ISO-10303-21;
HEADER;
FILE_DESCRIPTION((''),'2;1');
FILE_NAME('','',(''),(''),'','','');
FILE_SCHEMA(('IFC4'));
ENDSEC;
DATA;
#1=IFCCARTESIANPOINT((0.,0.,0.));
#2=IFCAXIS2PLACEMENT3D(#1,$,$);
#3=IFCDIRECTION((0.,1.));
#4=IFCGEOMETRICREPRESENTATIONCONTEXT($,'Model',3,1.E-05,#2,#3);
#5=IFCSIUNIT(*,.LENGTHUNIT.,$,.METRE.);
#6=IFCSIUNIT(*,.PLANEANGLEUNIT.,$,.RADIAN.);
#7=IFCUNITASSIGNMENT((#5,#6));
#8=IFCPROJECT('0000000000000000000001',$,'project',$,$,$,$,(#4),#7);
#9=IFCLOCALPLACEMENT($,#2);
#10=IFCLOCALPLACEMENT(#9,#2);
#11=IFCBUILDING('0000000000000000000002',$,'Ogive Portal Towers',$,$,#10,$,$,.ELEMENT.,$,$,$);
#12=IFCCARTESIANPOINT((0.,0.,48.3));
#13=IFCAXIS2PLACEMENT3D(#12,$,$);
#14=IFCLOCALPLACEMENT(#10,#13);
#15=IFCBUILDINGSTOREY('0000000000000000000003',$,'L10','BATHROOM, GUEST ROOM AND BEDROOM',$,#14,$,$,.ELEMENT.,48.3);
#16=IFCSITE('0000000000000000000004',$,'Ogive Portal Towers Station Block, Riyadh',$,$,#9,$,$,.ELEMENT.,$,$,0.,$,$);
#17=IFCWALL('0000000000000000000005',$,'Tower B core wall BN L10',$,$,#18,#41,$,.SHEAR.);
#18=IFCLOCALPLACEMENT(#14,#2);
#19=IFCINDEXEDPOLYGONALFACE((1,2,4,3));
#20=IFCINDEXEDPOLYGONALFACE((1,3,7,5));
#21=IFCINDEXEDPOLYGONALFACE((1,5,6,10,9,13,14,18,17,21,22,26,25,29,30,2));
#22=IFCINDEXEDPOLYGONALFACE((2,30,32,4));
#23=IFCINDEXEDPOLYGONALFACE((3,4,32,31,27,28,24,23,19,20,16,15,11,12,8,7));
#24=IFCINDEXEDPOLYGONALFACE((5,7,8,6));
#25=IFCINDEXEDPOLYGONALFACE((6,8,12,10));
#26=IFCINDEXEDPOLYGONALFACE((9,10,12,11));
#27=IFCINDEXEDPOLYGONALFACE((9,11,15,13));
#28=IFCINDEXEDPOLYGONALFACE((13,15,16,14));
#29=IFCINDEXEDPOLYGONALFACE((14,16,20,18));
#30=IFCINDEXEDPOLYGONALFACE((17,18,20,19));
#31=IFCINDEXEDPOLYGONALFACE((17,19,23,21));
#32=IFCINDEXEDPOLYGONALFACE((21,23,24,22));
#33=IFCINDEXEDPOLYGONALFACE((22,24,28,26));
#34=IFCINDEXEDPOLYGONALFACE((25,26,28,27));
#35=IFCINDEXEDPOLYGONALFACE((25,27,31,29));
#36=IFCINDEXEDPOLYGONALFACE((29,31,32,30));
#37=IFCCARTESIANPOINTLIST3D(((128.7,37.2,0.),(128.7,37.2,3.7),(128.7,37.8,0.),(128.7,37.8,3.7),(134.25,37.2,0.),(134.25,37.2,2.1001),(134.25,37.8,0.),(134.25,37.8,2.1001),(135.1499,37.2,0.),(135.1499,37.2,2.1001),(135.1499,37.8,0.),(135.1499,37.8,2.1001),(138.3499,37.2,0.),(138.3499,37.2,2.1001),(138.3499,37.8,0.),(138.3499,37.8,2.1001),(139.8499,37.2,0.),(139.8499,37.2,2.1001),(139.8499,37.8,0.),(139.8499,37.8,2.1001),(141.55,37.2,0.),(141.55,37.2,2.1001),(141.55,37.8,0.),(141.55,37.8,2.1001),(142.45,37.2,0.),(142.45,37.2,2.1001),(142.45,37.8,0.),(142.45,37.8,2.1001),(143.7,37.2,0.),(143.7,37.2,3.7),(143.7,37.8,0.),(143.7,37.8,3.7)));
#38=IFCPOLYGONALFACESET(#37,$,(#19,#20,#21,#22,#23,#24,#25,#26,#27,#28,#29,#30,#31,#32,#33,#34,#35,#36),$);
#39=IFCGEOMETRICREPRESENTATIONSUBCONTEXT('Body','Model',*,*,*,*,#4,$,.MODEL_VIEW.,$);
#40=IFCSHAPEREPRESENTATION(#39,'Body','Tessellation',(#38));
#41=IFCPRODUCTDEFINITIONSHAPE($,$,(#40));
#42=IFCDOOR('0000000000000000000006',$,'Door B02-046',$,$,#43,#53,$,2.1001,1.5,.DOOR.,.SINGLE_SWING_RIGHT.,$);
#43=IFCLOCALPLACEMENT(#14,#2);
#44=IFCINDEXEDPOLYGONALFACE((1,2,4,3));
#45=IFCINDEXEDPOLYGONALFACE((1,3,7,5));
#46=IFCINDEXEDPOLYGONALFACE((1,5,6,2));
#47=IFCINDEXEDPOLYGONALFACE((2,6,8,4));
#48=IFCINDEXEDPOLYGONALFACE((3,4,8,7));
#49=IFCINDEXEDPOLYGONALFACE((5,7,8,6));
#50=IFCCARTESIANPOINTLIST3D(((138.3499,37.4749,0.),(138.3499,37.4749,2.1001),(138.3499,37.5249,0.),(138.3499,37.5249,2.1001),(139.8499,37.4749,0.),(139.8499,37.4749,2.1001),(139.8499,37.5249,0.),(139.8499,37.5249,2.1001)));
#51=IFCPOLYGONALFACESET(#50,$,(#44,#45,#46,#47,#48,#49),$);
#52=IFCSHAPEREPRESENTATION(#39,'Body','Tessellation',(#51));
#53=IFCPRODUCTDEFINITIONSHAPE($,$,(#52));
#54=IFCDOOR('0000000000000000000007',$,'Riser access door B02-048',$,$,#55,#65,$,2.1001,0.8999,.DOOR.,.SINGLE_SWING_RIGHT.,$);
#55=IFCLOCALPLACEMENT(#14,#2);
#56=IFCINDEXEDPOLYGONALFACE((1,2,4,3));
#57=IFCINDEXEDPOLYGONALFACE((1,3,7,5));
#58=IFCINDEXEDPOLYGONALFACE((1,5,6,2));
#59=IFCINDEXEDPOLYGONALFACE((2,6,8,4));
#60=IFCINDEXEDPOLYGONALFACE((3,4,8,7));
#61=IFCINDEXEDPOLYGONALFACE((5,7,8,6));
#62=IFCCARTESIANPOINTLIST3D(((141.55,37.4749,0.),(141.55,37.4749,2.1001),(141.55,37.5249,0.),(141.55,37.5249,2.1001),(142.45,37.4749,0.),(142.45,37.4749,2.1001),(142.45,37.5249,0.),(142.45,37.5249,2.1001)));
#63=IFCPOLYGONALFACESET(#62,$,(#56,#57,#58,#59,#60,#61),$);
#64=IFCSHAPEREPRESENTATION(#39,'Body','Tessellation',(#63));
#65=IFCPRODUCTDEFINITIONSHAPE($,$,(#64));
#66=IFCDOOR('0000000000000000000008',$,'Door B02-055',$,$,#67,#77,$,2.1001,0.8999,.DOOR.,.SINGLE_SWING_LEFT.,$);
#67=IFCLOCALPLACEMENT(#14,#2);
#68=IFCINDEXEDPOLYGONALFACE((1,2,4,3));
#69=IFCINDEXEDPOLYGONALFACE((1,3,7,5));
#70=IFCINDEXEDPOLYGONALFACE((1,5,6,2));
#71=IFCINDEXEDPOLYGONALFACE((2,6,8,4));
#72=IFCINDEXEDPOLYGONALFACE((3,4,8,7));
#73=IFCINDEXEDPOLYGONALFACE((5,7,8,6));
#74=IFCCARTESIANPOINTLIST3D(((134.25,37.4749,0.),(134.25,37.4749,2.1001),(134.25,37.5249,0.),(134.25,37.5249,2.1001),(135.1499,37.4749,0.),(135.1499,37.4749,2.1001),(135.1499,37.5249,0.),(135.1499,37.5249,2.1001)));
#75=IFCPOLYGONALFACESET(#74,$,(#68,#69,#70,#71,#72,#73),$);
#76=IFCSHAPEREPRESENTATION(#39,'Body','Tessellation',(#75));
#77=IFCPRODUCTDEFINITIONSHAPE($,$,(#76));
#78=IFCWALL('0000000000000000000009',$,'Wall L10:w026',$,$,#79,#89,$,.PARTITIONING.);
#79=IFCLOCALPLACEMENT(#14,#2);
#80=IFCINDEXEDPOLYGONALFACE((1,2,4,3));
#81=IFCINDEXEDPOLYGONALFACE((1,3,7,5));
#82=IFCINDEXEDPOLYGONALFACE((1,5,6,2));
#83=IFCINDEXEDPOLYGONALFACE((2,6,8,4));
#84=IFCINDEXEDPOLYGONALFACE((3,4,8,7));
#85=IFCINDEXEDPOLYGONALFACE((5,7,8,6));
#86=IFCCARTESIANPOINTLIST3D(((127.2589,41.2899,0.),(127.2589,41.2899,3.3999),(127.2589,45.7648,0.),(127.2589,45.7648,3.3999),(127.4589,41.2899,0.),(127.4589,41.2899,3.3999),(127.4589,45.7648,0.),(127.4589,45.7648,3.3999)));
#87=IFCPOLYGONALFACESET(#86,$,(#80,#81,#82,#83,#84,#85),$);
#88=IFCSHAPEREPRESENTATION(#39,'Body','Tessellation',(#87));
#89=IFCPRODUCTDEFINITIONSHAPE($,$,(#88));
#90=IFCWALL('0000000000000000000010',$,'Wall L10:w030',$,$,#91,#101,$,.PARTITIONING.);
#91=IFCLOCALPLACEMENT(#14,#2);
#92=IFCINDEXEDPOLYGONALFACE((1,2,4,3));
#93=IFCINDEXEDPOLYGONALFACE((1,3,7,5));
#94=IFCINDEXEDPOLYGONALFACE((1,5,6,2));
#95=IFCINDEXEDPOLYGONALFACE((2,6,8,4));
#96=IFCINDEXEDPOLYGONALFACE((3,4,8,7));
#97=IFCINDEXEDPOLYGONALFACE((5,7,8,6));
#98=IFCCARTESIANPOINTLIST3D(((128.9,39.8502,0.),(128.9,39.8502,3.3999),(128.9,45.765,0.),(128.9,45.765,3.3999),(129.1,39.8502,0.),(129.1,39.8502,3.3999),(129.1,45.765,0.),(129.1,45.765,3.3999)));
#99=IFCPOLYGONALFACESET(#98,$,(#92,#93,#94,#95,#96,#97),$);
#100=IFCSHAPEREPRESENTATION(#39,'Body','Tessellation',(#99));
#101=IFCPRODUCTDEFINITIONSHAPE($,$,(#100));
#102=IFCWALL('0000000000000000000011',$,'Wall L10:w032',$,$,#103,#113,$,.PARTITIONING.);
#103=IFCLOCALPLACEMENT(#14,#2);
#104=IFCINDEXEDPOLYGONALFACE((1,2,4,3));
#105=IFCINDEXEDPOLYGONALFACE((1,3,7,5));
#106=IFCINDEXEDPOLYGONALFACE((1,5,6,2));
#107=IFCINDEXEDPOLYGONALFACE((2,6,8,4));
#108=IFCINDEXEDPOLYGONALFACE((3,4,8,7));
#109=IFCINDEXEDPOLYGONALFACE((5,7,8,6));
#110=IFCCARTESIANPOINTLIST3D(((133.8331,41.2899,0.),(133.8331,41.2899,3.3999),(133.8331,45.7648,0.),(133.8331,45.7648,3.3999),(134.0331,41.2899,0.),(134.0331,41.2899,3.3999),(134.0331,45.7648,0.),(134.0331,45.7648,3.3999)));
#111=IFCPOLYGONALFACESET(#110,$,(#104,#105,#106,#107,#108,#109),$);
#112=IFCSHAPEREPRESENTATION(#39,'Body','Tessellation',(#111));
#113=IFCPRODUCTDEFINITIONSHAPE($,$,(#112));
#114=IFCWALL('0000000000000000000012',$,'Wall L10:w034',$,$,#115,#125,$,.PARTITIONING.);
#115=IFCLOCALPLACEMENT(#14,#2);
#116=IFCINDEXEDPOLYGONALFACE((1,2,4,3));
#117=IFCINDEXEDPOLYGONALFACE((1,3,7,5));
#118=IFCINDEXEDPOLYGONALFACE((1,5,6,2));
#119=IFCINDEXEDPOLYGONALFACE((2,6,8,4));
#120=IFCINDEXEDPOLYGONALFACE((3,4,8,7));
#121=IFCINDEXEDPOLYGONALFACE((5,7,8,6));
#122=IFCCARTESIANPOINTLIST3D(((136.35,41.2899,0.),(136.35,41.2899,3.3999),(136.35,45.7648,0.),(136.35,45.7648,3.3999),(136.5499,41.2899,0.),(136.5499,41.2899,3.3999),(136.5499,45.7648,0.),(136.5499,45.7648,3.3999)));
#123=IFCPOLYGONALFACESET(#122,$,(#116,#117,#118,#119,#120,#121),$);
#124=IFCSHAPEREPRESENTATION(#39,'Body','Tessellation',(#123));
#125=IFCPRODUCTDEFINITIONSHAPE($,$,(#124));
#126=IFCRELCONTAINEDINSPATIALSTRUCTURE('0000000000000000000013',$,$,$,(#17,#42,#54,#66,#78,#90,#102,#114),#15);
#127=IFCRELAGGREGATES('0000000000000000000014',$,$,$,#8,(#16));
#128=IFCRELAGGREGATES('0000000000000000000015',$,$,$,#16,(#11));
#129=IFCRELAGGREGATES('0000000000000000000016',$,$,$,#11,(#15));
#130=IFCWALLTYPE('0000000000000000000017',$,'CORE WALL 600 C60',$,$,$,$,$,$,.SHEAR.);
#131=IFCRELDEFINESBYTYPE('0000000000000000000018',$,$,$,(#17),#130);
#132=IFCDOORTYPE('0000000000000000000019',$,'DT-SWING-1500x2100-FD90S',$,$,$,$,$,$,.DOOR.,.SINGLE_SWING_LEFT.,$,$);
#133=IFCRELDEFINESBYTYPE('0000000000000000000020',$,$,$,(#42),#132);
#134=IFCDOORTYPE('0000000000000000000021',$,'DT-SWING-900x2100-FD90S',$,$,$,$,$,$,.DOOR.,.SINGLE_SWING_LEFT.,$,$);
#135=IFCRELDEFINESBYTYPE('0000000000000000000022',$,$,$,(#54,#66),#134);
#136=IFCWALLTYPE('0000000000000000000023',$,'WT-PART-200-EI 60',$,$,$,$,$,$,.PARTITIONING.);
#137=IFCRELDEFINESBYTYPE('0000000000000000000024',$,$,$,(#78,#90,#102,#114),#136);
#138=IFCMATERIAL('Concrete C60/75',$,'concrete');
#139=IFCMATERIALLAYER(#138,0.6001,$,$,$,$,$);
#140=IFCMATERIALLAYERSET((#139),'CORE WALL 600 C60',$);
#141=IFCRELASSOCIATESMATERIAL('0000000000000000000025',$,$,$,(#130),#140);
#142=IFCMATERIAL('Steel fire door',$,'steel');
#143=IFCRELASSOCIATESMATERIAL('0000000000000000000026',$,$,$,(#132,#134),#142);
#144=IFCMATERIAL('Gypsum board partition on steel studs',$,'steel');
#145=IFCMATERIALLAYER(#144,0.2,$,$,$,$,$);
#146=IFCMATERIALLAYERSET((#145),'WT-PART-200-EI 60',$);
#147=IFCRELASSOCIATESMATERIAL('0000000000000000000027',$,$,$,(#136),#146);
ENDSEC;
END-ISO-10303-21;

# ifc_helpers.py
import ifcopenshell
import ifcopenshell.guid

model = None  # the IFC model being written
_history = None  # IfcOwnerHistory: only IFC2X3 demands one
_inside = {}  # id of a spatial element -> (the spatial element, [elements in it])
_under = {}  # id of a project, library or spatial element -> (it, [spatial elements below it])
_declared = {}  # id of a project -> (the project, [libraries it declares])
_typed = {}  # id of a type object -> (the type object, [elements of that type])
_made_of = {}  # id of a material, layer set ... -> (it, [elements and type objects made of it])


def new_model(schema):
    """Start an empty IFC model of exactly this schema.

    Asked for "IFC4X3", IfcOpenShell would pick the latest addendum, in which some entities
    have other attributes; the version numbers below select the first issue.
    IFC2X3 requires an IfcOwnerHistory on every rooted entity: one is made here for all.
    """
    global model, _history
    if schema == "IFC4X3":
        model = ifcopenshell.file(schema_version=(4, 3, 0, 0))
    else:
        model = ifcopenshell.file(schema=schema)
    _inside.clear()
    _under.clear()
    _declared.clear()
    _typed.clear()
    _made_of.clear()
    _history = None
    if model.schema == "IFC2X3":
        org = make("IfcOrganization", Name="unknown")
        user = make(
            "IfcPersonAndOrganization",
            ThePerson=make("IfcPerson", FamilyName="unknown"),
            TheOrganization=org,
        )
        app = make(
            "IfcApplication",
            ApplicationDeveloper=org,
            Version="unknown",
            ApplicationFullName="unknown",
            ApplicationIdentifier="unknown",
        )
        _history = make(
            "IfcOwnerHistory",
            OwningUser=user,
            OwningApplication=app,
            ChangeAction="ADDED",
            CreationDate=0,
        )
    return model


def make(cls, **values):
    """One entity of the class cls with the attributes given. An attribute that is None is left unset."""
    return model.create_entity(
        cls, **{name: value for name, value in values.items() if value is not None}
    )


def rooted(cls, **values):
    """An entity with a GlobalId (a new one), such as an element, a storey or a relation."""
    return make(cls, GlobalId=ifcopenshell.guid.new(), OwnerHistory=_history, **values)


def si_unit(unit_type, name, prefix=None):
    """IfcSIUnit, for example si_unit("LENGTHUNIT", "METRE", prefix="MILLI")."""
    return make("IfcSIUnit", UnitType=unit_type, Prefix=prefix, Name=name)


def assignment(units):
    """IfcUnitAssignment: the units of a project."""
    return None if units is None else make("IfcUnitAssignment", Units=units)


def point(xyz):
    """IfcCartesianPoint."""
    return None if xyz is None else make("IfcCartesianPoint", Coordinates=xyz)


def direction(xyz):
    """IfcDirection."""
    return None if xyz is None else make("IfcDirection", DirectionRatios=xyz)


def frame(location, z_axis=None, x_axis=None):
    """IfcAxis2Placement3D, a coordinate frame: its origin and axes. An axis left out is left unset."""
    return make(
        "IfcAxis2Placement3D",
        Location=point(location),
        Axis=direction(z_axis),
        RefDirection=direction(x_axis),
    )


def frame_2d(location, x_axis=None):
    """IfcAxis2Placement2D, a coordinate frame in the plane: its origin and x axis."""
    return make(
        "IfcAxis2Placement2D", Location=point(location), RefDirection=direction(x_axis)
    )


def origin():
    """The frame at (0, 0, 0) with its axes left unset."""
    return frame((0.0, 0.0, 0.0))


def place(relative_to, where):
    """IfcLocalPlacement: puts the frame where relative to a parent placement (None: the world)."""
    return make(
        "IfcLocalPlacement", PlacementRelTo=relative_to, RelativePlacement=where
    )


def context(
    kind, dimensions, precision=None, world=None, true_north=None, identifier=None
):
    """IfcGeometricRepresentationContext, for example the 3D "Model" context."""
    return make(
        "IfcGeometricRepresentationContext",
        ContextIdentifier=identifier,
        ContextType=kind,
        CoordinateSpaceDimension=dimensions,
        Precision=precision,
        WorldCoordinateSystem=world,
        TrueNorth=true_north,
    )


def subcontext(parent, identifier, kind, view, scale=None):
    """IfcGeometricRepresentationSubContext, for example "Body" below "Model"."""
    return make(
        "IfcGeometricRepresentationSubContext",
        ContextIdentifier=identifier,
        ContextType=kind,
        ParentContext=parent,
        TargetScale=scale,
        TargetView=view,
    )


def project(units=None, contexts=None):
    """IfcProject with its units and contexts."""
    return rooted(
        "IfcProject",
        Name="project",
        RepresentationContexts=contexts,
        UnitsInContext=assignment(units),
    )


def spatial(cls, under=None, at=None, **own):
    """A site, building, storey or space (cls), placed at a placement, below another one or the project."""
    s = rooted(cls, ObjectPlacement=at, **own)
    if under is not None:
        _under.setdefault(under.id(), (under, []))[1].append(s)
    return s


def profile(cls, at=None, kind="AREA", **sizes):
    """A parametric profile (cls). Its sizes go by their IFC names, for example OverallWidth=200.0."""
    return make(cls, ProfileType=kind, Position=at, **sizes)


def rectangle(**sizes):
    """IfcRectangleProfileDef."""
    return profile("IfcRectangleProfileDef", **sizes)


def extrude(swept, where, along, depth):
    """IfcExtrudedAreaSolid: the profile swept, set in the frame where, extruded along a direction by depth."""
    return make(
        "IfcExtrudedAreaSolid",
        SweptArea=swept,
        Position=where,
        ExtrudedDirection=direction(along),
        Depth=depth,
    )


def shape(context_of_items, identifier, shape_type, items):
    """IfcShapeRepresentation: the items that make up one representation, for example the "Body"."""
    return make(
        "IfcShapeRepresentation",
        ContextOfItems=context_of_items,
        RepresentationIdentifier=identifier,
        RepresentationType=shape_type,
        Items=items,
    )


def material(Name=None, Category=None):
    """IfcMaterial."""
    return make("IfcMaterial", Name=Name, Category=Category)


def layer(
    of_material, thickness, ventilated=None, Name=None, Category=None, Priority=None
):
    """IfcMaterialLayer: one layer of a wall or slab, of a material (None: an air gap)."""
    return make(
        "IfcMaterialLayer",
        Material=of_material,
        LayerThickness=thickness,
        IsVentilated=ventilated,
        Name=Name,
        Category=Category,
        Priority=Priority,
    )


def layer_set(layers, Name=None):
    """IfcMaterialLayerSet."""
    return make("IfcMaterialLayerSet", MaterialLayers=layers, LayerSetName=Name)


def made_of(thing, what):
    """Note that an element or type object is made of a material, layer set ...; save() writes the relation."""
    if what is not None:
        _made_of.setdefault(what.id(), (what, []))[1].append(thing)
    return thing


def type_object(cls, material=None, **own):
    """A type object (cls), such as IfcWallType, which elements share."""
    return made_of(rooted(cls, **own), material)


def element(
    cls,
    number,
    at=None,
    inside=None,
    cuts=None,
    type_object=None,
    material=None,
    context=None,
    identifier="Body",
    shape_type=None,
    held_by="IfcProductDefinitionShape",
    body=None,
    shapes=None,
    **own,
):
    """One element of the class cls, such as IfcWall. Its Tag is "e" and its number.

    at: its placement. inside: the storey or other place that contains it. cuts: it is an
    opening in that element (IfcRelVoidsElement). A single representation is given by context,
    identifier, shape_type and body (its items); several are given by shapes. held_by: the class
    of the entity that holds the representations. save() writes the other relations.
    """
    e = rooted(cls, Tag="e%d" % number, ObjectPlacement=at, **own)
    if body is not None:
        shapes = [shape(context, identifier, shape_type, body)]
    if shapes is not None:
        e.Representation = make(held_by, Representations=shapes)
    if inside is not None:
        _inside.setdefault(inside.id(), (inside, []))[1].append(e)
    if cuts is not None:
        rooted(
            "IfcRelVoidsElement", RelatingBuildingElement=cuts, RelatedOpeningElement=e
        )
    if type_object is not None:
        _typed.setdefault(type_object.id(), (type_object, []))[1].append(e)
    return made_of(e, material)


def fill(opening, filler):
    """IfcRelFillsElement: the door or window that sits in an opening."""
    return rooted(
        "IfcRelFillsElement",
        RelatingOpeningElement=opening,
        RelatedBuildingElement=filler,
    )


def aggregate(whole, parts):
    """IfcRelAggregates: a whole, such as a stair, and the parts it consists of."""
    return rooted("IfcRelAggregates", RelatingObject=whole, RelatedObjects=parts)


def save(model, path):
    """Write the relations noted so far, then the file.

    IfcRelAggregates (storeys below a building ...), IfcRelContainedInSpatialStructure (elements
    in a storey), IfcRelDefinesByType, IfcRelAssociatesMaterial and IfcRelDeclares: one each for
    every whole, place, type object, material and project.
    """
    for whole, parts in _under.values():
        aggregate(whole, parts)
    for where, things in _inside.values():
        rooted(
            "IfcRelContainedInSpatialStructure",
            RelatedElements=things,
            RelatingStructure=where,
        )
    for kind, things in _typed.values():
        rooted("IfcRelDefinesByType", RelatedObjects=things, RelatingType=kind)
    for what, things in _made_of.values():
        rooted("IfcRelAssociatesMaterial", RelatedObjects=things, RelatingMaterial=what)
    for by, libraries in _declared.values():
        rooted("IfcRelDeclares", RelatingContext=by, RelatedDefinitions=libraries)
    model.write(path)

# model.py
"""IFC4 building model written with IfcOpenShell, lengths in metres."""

from ifc_helpers import new_model, si_unit, direction, frame, frame_2d, origin, place, context, subcontext, project, spatial, rectangle, extrude, material, layer, layer_set, type_object, element, fill, save


model = new_model("IFC4")

# Units and contexts
model_context = context("Model", 3, precision=1e-05, world=origin(), true_north=direction((0.0, 1.0)))
body_context = subcontext(model_context, "Body", "Model", "MODEL_VIEW")
ifc_project = project(units=[si_unit("LENGTHUNIT", "METRE"), si_unit("PLANEANGLEUNIT", "RADIAN")], contexts=[model_context])

# Site, building, storey
site_placement = place(None, origin())
site = spatial("IfcSite", under=ifc_project, at=site_placement, Name="Ogive Portal Towers Station Block, Riyadh", CompositionType="ELEMENT", RefElevation=0.0)
building_placement = place(site_placement, origin())
building = spatial("IfcBuilding", under=site, at=building_placement, Name="Ogive Portal Towers", CompositionType="ELEMENT")
storey_placement = place(building_placement, frame((0.0, 0.0, 48.3)))
storey = spatial("IfcBuildingStorey", under=building, at=storey_placement, Name="L10", Description="BATHROOM, GUEST ROOM AND BEDROOM", CompositionType="ELEMENT", Elevation=48.3)

# Shared definitions
ifc_material_1 = material(Name="Concrete C60/75", Category="concrete")

# Wall, openings, doors
ifc_layer_1 = layer(ifc_material_1, 0.6001)
ifc_layer_set_1 = layer_set([ifc_layer_1], Name="CORE WALL 600 C60")
wall_type_1 = type_object("IfcWallType", Name="CORE WALL 600 C60", PredefinedType="SHEAR", material=ifc_layer_set_1)
wall_1_placement = place(storey_placement, frame((128.7, 37.5, 0.0), z_axis=(0.0, 0.0, 1.0), x_axis=(1.0, 0.0, 0.0)))
wall_1 = element("IfcWall", 1, at=wall_1_placement, inside=storey, type_object=wall_type_1, Name="Tower B core wall BN L10", PredefinedType="SHEAR", context=body_context, shape_type="SweptSolid", body=[
    extrude(rectangle(XDim=15.0, YDim=0.6001, at=frame_2d((7.5, 0.0))), origin(), (0.0, 0.0, 1.0), 3.7),
])
opening_1_placement = place(wall_1_placement, frame((9.6499, 0.0, 0.0)))
opening_1 = element("IfcOpeningElement", 2, at=opening_1_placement, cuts=wall_1, PredefinedType="OPENING", context=body_context, shape_type="SweptSolid", body=[
    extrude(rectangle(XDim=1.5, YDim=2.1001, at=frame_2d((0.75, 1.05))), frame((0.0, 0.3101, 0.0), z_axis=(0.0, -1.0, 0.0), x_axis=(1.0, 0.0, 0.0)), (0.0, 0.0, 1.0), 0.6201),
])
opening_2_placement = place(wall_1_placement, frame((12.8501, 0.0, 0.0)))
opening_2 = element("IfcOpeningElement", 3, at=opening_2_placement, cuts=wall_1, PredefinedType="OPENING", context=body_context, shape_type="SweptSolid", body=[
    extrude(rectangle(XDim=0.8999, YDim=2.1001, at=frame_2d((0.45, 1.05))), frame((0.0, 0.3101, 0.0), z_axis=(0.0, -1.0, 0.0), x_axis=(1.0, 0.0, 0.0)), (0.0, 0.0, 1.0), 0.6201),
])
opening_3_placement = place(wall_1_placement, frame((5.55, 0.0, 0.0)))
opening_3 = element("IfcOpeningElement", 4, at=opening_3_placement, cuts=wall_1, PredefinedType="OPENING", context=body_context, shape_type="SweptSolid", body=[
    extrude(rectangle(XDim=0.8999, YDim=2.1001, at=frame_2d((0.45, 1.05))), frame((0.0, 0.3101, 0.0), z_axis=(0.0, -1.0, 0.0), x_axis=(1.0, 0.0, 0.0)), (0.0, 0.0, 1.0), 0.6201),
])
ifc_material_2 = material(Name="Steel fire door", Category="steel")
door_type_1 = type_object("IfcDoorType", Name="DT-SWING-1500x2100-FD90S", OperationType="SINGLE_SWING_LEFT", PredefinedType="DOOR", material=ifc_material_2)
door_1_placement = place(opening_1_placement, origin())
door_1 = element("IfcDoor", 5, at=door_1_placement, inside=storey, type_object=door_type_1, Name="Door B02-046", OperationType="SINGLE_SWING_RIGHT", OverallHeight=2.1001, OverallWidth=1.5, PredefinedType="DOOR", context=body_context, shape_type="SweptSolid", body=[
    extrude(rectangle(XDim=1.5, YDim=2.1001, at=frame_2d((0.75, 1.05))), frame((0.0, 0.0249, 0.0), z_axis=(0.0, -1.0, 0.0), x_axis=(1.0, 0.0, 0.0)), (0.0, 0.0, 1.0), 0.05),
])
fill(opening_1, door_1)
door_type_2 = type_object("IfcDoorType", Name="DT-SWING-900x2100-FD90S", OperationType="SINGLE_SWING_LEFT", PredefinedType="DOOR", material=ifc_material_2)
door_2_placement = place(opening_2_placement, origin())
door_2 = element("IfcDoor", 6, at=door_2_placement, inside=storey, type_object=door_type_2, Name="Riser access door B02-048", OperationType="SINGLE_SWING_RIGHT", OverallHeight=2.1001, OverallWidth=0.8999, PredefinedType="DOOR", context=body_context, shape_type="SweptSolid", body=[
    extrude(rectangle(XDim=0.8999, YDim=2.1001, at=frame_2d((0.45, 1.05))), frame((0.0, 0.0249, 0.0), z_axis=(0.0, -1.0, 0.0), x_axis=(1.0, 0.0, 0.0)), (0.0, 0.0, 1.0), 0.05),
])
fill(opening_2, door_2)
door_3_placement = place(opening_3_placement, origin())
door_3 = element("IfcDoor", 7, at=door_3_placement, inside=storey, type_object=door_type_2, Name="Door B02-055", OperationType="SINGLE_SWING_LEFT", OverallHeight=2.1001, OverallWidth=0.8999, PredefinedType="DOOR", context=body_context, shape_type="SweptSolid", body=[
    extrude(rectangle(XDim=0.8999, YDim=2.1001, at=frame_2d((0.45, 1.05))), frame((0.0, 0.0249, 0.0), z_axis=(0.0, -1.0, 0.0), x_axis=(1.0, 0.0, 0.0)), (0.0, 0.0, 1.0), 0.05),
])
fill(opening_3, door_3)

# Walls
ifc_material_3 = material(Name="Gypsum board partition on steel studs", Category="steel")
ifc_layer_2 = layer(ifc_material_3, 0.2)
ifc_layer_set_2 = layer_set([ifc_layer_2], Name="WT-PART-200-EI 60")
wall_type_2 = type_object("IfcWallType", Name="WT-PART-200-EI 60", PredefinedType="PARTITIONING", material=ifc_layer_set_2)
wall_2_placement = place(storey_placement, frame((127.3589, 41.29, 0.0), z_axis=(0.0, 0.0, 1.0), x_axis=(0.0, 1.0, 0.0)))
element("IfcWall", 8, at=wall_2_placement, inside=storey, type_object=wall_type_2, Name="Wall L10:w026", PredefinedType="PARTITIONING", context=body_context, shape_type="SweptSolid", body=[
    extrude(rectangle(XDim=4.4749, YDim=0.2, at=frame_2d((2.2373, 0.0))), origin(), (0.0, 0.0, 1.0), 3.3999),
])
wall_3_placement = place(storey_placement, frame((129.0, 39.8501, 0.0), z_axis=(0.0, 0.0, 1.0), x_axis=(0.0, 1.0, 0.0)))
element("IfcWall", 9, at=wall_3_placement, inside=storey, type_object=wall_type_2, Name="Wall L10:w030", PredefinedType="PARTITIONING", context=body_context, shape_type="SweptSolid", body=[
    extrude(rectangle(XDim=5.9148, YDim=0.2, at=frame_2d((2.9575, 0.0))), origin(), (0.0, 0.0, 1.0), 3.3999),
])
for number, where, z_axis, x_axis, name in (
    (10, (133.9331, 41.29, 0.0), (0.0, 0.0, 1.0), (0.0, 1.0, 0.0), "Wall L10:w032"),
    (11, (136.45, 41.29, 0.0), (0.0, 0.0, 1.0), (0.0, 1.0, 0.0), "Wall L10:w034"),
):
    element("IfcWall", number, at=place(storey_placement, frame(where, z_axis=z_axis, x_axis=x_axis)), inside=storey, type_object=wall_type_2, Name=name, PredefinedType="PARTITIONING", context=body_context, shape_type="SweptSolid", body=[
        extrude(rectangle(XDim=4.4749, YDim=0.2, at=frame_2d((2.2373, 0.0))), origin(), (0.0, 0.0, 1.0), 3.3999),
    ])

save(model, "model.ifc")
